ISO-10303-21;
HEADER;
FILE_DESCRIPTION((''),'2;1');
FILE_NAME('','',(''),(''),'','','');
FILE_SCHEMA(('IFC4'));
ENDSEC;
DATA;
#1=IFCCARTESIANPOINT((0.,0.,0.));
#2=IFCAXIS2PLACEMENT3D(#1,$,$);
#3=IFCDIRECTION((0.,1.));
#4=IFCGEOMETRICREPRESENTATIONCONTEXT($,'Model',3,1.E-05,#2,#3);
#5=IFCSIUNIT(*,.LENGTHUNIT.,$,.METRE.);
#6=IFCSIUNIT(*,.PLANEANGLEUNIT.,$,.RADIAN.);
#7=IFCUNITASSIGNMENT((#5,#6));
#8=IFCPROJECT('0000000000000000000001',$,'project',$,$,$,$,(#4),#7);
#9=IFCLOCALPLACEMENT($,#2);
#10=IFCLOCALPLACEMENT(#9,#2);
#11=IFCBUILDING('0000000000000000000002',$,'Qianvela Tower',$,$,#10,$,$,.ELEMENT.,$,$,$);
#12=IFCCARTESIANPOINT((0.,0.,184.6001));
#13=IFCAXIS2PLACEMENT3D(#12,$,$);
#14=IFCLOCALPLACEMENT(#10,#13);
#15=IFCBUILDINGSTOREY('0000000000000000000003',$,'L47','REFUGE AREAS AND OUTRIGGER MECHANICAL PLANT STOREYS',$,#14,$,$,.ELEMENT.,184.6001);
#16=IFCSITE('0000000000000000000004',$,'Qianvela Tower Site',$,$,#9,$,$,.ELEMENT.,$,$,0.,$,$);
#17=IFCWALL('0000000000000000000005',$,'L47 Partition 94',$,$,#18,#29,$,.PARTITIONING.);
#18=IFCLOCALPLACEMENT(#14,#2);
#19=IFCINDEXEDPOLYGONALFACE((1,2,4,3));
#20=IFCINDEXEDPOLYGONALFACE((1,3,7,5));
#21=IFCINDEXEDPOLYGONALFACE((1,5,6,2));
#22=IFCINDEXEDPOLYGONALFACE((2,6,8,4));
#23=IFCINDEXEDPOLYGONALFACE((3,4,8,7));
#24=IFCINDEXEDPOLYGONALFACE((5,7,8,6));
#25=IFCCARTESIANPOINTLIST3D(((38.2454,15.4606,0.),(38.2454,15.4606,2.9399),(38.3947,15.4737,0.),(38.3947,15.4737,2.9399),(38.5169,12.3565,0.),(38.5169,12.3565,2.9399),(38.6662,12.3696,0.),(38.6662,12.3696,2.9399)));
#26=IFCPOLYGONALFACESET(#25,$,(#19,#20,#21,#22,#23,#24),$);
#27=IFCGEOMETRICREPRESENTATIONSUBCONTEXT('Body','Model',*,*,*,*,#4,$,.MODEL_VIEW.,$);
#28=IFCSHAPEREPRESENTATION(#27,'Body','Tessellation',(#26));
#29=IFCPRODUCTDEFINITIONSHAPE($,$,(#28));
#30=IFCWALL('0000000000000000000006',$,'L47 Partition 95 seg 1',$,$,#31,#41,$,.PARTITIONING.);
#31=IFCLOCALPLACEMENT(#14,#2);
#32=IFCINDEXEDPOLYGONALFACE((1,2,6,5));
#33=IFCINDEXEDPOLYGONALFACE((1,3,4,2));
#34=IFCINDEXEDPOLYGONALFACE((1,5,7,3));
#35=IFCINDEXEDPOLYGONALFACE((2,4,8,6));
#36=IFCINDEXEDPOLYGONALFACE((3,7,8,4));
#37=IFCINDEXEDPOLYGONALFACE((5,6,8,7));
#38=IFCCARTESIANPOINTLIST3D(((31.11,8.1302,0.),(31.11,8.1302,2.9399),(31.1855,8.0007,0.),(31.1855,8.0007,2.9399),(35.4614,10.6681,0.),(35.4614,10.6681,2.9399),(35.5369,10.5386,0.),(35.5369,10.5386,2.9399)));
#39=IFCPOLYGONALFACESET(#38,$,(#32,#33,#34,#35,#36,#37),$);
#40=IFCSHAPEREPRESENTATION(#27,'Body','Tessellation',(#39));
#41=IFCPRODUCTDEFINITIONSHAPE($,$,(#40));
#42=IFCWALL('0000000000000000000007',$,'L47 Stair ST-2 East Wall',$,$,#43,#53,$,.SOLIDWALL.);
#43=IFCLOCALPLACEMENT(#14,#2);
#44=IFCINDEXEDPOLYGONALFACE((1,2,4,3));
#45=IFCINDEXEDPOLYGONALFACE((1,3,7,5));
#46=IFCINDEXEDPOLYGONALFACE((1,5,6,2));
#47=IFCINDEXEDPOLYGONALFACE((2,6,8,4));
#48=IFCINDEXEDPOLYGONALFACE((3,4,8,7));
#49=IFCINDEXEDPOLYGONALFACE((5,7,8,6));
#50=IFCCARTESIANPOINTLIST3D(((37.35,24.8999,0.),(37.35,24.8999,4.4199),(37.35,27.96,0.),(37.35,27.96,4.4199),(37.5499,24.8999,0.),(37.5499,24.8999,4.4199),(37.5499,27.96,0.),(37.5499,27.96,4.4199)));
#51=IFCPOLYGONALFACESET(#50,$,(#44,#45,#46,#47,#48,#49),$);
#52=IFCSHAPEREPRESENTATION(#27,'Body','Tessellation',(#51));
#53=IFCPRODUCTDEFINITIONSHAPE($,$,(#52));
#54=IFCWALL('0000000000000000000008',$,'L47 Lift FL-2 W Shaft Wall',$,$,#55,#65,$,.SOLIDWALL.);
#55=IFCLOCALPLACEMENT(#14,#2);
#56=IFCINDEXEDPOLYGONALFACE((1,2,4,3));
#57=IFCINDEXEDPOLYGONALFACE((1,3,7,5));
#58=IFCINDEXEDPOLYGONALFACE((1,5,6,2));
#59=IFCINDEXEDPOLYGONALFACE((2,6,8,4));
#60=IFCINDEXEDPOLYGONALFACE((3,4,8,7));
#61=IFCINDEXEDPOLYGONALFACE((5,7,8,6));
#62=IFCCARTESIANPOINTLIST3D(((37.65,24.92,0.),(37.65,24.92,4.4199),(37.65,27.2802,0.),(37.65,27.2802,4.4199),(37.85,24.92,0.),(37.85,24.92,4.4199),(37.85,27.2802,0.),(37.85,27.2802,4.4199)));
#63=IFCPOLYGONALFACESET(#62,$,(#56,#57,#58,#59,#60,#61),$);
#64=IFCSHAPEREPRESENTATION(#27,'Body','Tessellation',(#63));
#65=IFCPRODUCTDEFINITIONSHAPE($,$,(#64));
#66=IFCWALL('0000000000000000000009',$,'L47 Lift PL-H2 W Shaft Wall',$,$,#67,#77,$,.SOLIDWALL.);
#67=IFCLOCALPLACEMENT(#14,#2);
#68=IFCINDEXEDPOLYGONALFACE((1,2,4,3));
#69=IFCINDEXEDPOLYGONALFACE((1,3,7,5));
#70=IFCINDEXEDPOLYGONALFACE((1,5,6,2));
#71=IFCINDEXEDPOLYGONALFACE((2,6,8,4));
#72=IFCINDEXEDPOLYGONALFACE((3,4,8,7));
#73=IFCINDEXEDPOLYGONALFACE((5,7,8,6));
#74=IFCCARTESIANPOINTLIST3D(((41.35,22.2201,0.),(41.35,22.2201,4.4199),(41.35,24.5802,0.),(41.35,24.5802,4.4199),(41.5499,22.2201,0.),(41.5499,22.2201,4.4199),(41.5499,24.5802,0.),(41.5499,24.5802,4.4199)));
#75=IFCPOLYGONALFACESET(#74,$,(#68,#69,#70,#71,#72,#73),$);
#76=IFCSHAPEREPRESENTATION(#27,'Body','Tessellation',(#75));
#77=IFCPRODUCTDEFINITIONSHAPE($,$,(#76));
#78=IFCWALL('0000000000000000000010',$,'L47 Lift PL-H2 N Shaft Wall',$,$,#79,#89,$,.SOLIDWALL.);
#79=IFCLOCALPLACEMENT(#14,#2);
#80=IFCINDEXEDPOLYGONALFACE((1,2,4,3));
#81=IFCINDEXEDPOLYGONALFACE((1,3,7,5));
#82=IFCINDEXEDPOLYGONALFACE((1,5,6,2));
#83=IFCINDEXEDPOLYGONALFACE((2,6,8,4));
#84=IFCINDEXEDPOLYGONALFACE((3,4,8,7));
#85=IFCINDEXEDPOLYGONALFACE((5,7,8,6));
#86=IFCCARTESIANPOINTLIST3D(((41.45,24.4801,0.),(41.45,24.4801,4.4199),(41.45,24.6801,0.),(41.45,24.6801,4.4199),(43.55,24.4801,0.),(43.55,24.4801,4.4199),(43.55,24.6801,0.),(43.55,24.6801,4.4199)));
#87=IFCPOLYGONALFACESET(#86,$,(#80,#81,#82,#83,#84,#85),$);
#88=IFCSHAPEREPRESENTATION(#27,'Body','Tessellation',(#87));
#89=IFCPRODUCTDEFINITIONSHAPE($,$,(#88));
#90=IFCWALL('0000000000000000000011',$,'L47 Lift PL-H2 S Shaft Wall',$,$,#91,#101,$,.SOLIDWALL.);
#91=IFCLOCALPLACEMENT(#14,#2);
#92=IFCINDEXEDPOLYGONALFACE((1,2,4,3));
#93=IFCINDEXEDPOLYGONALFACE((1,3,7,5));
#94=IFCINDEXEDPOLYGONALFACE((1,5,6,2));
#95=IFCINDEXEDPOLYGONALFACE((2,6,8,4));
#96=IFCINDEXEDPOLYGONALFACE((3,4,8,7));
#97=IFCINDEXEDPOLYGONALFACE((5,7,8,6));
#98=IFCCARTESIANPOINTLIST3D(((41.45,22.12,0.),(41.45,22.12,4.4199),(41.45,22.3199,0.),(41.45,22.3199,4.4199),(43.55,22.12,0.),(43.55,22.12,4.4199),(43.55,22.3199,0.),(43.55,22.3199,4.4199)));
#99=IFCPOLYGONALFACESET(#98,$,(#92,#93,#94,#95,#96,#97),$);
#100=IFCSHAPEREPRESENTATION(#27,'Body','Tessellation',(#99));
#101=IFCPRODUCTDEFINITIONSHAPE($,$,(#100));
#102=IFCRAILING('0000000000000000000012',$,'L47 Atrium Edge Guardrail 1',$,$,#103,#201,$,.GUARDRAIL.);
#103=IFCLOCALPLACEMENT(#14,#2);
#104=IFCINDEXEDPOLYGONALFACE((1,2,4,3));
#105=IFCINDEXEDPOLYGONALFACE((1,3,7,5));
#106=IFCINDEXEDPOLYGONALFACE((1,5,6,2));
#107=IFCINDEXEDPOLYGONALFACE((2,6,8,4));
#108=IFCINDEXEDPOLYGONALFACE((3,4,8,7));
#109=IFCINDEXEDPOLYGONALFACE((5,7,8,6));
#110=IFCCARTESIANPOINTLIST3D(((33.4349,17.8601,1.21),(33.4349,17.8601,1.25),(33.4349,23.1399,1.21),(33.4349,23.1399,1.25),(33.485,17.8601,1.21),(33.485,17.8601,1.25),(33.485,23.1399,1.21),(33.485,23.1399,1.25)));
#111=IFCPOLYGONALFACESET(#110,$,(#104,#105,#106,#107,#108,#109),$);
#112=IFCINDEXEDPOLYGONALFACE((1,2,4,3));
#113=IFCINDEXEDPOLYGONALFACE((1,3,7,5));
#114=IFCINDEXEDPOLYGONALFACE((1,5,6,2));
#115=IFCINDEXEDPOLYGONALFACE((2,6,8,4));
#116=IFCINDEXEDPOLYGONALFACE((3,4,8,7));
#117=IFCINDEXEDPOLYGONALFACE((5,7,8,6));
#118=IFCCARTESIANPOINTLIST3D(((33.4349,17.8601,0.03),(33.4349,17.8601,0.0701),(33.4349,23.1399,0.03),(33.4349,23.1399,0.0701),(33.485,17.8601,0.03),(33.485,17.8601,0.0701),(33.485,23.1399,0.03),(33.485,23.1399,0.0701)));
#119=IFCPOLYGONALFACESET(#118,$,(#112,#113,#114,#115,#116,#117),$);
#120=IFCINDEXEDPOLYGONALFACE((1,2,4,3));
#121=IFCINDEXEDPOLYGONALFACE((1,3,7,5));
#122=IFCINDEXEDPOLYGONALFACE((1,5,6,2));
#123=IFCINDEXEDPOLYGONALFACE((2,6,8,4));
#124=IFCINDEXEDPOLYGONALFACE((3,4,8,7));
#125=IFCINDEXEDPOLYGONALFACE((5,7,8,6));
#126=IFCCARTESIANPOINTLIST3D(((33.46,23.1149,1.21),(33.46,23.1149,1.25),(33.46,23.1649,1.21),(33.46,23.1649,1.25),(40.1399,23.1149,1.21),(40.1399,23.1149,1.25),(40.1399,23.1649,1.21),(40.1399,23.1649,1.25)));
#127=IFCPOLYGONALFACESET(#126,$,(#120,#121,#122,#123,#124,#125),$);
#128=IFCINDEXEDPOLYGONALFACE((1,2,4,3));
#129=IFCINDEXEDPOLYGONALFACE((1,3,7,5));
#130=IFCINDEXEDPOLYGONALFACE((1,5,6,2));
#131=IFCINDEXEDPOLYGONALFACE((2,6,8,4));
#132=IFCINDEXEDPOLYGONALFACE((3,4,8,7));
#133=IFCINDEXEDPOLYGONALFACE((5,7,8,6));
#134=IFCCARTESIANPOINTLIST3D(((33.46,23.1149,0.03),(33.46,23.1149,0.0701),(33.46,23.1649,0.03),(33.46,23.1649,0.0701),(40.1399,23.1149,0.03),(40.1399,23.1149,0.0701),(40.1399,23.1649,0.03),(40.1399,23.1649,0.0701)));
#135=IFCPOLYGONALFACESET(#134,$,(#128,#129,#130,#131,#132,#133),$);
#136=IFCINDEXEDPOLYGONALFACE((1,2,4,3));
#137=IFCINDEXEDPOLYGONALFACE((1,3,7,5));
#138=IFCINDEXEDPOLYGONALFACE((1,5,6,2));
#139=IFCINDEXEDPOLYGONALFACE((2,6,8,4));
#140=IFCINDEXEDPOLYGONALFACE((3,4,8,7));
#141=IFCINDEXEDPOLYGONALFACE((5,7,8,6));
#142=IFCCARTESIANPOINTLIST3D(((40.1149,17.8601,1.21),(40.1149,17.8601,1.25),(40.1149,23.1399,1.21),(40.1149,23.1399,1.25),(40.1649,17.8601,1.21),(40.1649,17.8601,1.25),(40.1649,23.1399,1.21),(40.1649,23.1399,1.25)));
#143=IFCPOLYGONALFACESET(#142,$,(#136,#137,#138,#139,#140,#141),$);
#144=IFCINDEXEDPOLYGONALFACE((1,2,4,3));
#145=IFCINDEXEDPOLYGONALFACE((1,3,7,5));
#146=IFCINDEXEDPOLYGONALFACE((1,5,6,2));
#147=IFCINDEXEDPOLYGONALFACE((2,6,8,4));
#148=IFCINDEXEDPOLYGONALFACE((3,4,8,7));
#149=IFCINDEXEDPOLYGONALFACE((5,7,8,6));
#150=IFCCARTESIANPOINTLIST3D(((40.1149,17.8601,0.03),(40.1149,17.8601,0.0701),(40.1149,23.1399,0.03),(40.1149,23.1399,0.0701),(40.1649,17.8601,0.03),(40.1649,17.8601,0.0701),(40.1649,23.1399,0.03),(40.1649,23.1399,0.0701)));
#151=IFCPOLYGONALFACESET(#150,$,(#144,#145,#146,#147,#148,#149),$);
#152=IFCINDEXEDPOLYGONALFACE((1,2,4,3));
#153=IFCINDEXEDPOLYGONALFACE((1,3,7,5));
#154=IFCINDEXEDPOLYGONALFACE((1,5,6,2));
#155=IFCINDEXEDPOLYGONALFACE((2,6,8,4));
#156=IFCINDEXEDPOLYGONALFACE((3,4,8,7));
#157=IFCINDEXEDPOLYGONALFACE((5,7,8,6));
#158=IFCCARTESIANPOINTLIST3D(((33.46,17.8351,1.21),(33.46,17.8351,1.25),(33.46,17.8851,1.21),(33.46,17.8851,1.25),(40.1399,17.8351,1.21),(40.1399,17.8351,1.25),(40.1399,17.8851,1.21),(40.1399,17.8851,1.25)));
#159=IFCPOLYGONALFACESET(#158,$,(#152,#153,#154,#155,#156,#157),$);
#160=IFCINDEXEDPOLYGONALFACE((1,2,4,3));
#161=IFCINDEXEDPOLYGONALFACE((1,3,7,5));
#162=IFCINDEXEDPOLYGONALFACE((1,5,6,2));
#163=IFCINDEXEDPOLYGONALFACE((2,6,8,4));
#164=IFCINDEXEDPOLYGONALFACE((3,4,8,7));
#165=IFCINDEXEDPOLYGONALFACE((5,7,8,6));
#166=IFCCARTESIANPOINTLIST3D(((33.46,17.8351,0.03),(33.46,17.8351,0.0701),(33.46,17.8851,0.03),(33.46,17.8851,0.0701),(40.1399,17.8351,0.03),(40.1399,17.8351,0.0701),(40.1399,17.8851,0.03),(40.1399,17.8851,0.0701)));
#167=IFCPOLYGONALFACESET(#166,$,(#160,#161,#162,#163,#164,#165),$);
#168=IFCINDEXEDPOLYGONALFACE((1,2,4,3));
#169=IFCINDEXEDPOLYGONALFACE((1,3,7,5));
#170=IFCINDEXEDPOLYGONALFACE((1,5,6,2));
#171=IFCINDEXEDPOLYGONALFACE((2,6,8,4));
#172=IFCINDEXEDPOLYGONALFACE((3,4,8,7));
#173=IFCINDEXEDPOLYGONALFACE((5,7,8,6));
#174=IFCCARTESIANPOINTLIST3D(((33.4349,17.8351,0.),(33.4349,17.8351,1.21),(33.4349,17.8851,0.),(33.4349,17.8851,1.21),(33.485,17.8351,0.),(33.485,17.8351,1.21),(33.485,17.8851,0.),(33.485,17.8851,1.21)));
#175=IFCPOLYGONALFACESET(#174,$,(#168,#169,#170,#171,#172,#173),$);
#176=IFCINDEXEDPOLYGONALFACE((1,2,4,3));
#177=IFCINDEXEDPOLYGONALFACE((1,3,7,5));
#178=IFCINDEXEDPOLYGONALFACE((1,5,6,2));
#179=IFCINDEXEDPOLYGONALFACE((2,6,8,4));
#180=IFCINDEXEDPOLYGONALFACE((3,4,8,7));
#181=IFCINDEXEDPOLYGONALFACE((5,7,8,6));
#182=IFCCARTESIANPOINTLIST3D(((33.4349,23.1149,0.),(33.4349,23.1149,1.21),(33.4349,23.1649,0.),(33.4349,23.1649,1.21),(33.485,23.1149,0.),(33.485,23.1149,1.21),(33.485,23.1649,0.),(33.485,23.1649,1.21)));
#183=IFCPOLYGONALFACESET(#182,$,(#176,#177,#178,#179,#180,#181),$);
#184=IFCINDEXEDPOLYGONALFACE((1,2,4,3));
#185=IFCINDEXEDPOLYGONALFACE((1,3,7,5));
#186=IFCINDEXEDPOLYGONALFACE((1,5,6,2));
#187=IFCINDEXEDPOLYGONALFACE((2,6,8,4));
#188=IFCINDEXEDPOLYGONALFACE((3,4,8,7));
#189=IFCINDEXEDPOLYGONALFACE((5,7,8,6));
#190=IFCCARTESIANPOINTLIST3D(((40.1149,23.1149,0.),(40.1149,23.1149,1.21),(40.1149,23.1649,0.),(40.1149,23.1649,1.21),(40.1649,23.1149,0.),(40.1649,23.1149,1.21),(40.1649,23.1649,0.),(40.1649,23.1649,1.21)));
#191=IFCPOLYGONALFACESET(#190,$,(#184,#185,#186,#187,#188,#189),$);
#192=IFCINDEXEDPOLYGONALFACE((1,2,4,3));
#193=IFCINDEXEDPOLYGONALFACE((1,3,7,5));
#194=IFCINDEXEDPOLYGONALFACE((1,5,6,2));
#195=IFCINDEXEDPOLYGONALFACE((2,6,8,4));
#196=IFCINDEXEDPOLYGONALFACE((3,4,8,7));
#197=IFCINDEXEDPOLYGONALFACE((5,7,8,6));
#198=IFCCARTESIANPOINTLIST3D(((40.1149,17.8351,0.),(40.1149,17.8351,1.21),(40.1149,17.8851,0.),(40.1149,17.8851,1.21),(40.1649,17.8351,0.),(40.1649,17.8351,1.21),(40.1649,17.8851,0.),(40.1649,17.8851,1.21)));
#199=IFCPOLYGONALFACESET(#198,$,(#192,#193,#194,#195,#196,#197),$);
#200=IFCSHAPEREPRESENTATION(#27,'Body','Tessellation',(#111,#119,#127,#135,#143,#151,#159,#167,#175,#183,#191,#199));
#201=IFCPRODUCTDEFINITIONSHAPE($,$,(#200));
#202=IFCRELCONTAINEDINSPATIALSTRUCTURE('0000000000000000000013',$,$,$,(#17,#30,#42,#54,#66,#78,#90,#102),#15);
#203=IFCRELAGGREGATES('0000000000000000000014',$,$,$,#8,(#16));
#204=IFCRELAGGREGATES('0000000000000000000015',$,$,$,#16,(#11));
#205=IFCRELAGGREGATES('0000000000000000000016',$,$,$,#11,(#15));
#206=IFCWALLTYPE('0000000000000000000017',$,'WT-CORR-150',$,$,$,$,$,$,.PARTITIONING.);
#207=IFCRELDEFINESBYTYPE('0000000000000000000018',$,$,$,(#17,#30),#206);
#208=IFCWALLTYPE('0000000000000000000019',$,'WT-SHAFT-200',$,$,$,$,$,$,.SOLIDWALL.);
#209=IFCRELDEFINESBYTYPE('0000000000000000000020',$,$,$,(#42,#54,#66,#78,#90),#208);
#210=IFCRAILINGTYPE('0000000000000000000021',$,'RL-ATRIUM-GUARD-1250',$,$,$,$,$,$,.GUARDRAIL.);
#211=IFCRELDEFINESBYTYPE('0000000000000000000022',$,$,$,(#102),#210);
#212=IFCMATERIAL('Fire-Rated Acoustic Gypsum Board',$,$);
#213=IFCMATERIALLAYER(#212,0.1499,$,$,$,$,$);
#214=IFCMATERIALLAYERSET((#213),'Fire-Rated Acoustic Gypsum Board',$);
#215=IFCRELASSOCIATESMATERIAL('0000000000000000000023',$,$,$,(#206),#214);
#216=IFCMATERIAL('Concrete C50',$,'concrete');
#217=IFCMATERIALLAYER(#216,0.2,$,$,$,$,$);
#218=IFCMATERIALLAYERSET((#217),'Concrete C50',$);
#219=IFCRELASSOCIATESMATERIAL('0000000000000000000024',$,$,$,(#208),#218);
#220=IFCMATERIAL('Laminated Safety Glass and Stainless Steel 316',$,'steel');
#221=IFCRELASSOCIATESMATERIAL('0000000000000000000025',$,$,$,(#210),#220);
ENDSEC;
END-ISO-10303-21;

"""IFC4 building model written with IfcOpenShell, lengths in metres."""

from ifc_helpers import new_model, si_unit, direction, frame, frame_2d, origin, origin_2d, place, context, subcontext, project, spatial, rectangle, extrude, material, layer, layer_set, type_object, element, save


model = new_model("IFC4")

# Units and contexts
model_context = context("Model", 3, precision=1e-05, world=origin(), true_north=direction((0.0, 1.0)))
body_context = subcontext(model_context, "Body", "Model", "MODEL_VIEW")
ifc_project = project(units=[si_unit("LENGTHUNIT", "METRE"), si_unit("PLANEANGLEUNIT", "RADIAN")], contexts=[model_context])

# Site, building, storey
site_placement = place(None, origin())
site = spatial("IfcSite", under=ifc_project, at=site_placement, Name="Qianvela Tower Site", CompositionType="ELEMENT", RefElevation=0.0)
building_placement = place(site_placement, origin())
building = spatial("IfcBuilding", under=site, at=building_placement, Name="Qianvela Tower", CompositionType="ELEMENT")
storey_placement = place(building_placement, frame((0.0, 0.0, 184.6001)))
storey = spatial("IfcBuildingStorey", under=building, at=storey_placement, Name="L47", Description="REFUGE AREAS AND OUTRIGGER MECHANICAL PLANT STOREYS", CompositionType="ELEMENT", Elevation=184.6001)

# Walls
ifc_material_1 = material(Name="Fire-Rated Acoustic Gypsum Board")
ifc_layer_1 = layer(ifc_material_1, 0.1499)
ifc_layer_set_1 = layer_set([ifc_layer_1], Name="Fire-Rated Acoustic Gypsum Board")
wall_type_1 = type_object("IfcWallType", Name="WT-CORR-150", PredefinedType="PARTITIONING", material=ifc_layer_set_1)
wall_1_placement = place(storey_placement, frame((38.3201, 15.4673, 0.0), z_axis=(0.0, 0.0, 1.0), x_axis=(0.08713, -0.996197, 0.0)))
element("IfcWall", 1, at=wall_1_placement, inside=storey, type_object=wall_type_1, Name="L47 Partition 94", PredefinedType="PARTITIONING", context=body_context, shape_type="SweptSolid", body=[
    extrude(rectangle(XDim=3.116, YDim=0.1499, at=frame_2d((1.5581, 0.0))), origin(), (0.0, 0.0, 1.0), 2.9399),
])
wall_2_placement = place(storey_placement, frame((35.499, 10.6033, 0.0), z_axis=(0.0, 0.0, 1.0), x_axis=(-0.863816, -0.503808, 0.0)))
element("IfcWall", 2, at=wall_2_placement, inside=storey, type_object=wall_type_1, Name="L47 Partition 95 seg 1", PredefinedType="PARTITIONING", context=body_context, shape_type="SweptSolid", body=[
    extrude(rectangle(XDim=5.0374, YDim=0.1499, at=frame_2d((2.5186, 0.0))), origin(), (0.0, 0.0, 1.0), 2.9399),
])
ifc_material_2 = material(Name="Concrete C50", Category="concrete")
ifc_layer_2 = layer(ifc_material_2, 0.2)
ifc_layer_set_2 = layer_set([ifc_layer_2], Name="Concrete C50")
wall_type_2 = type_object("IfcWallType", Name="WT-SHAFT-200", PredefinedType="SOLIDWALL", material=ifc_layer_set_2)
wall_3_placement = place(storey_placement, frame((37.45, 24.8999, 0.0), z_axis=(0.0, 0.0, 1.0), x_axis=(0.0, 1.0, 0.0)))
element("IfcWall", 3, at=wall_3_placement, inside=storey, type_object=wall_type_2, Name="L47 Stair ST-2 East Wall", PredefinedType="SOLIDWALL", context=body_context, shape_type="SweptSolid", body=[
    extrude(rectangle(XDim=3.0601, YDim=0.2, at=frame_2d((1.53, 0.0))), origin(), (0.0, 0.0, 1.0), 4.4199),
])
for number, where, z_axis, x_axis, name in (
    (4, (37.75, 24.9199, 0.0), (0.0, 0.0, 1.0), (0.0, 1.0, 0.0), "L47 Lift FL-2 W Shaft Wall"),
    (5, (41.45, 22.22, 0.0), (0.0, 0.0, 1.0), (0.0, 1.0, 0.0), "L47 Lift PL-H2 W Shaft Wall"),
):
    element("IfcWall", number, at=place(storey_placement, frame(where, z_axis=z_axis, x_axis=x_axis)), inside=storey, type_object=wall_type_2, Name=name, PredefinedType="SOLIDWALL", context=body_context, shape_type="SweptSolid", body=[
        extrude(rectangle(XDim=2.3601, YDim=0.2, at=frame_2d((1.1802, 0.0))), origin(), (0.0, 0.0, 1.0), 4.4199),
    ])
for number, where, z_axis, x_axis, name in (
    (6, (41.45, 24.5801, 0.0), (0.0, 0.0, 1.0), (1.0, 0.0, 0.0), "L47 Lift PL-H2 N Shaft Wall"),
    (7, (41.45, 22.22, 0.0), (0.0, 0.0, 1.0), (1.0, 0.0, 0.0), "L47 Lift PL-H2 S Shaft Wall"),
):
    element("IfcWall", number, at=place(storey_placement, frame(where, z_axis=z_axis, x_axis=x_axis)), inside=storey, type_object=wall_type_2, Name=name, PredefinedType="SOLIDWALL", context=body_context, shape_type="SweptSolid", body=[
        extrude(rectangle(XDim=2.1001, YDim=0.2, at=frame_2d((1.05, 0.0))), origin(), (0.0, 0.0, 1.0), 4.4199),
    ])

# Railing
ifc_material_3 = material(Name="Laminated Safety Glass and Stainless Steel 316", Category="steel")
railing_type = type_object("IfcRailingType", Name="RL-ATRIUM-GUARD-1250", PredefinedType="GUARDRAIL", material=ifc_material_3)
railing_placement = place(storey_placement, frame((33.46, 17.8601, 0.0)))
element("IfcRailing", 8, at=railing_placement, inside=storey, type_object=railing_type, Name="L47 Atrium Edge Guardrail 1", PredefinedType="GUARDRAIL", context=body_context, shape_type="SweptSolid", body=[
    extrude(rectangle(XDim=0.05, YDim=0.04, at=origin_2d()), frame((0.0, 0.0, 1.23), z_axis=(0.0, 1.0, 0.0), x_axis=(-1.0, 0.0, 0.0)), (0.0, 0.0, 1.0), 5.2798),
    extrude(rectangle(XDim=0.05, YDim=0.04, at=origin_2d()), frame((0.0, 0.0, 0.05), z_axis=(0.0, 1.0, 0.0), x_axis=(-1.0, 0.0, 0.0)), (0.0, 0.0, 1.0), 5.2798),
    extrude(rectangle(XDim=0.05, YDim=0.04, at=origin_2d()), frame((0.0, 5.2798, 1.23), z_axis=(1.0, 0.0, 0.0), x_axis=(0.0, 1.0, 0.0)), (0.0, 0.0, 1.0), 6.6799),
    extrude(rectangle(XDim=0.05, YDim=0.04, at=origin_2d()), frame((0.0, 5.2798, 0.05), z_axis=(1.0, 0.0, 0.0), x_axis=(0.0, 1.0, 0.0)), (0.0, 0.0, 1.0), 6.6799),
    extrude(rectangle(XDim=0.05, YDim=0.04, at=origin_2d()), frame((6.6799, 5.2798, 1.23), z_axis=(0.0, -1.0, 0.0), x_axis=(1.0, 0.0, 0.0)), (0.0, 0.0, 1.0), 5.2798),
    extrude(rectangle(XDim=0.05, YDim=0.04, at=origin_2d()), frame((6.6799, 5.2798, 0.05), z_axis=(0.0, -1.0, 0.0), x_axis=(1.0, 0.0, 0.0)), (0.0, 0.0, 1.0), 5.2798),
    extrude(rectangle(XDim=0.05, YDim=0.04, at=origin_2d()), frame((6.6799, 0.0, 1.23), z_axis=(-1.0, 0.0, 0.0), x_axis=(0.0, -1.0, 0.0)), (0.0, 0.0, 1.0), 6.6799),
    extrude(rectangle(XDim=0.05, YDim=0.04, at=origin_2d()), frame((6.6799, 0.0, 0.05), z_axis=(-1.0, 0.0, 0.0), x_axis=(0.0, -1.0, 0.0)), (0.0, 0.0, 1.0), 6.6799),
    extrude(rectangle(XDim=0.05, YDim=0.05, at=origin_2d()), origin(), (0.0, 0.0, 1.0), 1.21),
    extrude(rectangle(XDim=0.05, YDim=0.05, at=origin_2d()), frame((0.0, 5.2798, 0.0)), (0.0, 0.0, 1.0), 1.21),
    extrude(rectangle(XDim=0.05, YDim=0.05, at=origin_2d()), frame((6.6799, 5.2798, 0.0)), (0.0, 0.0, 1.0), 1.21),
    extrude(rectangle(XDim=0.05, YDim=0.05, at=origin_2d()), frame((6.6799, 0.0, 0.0)), (0.0, 0.0, 1.0), 1.21),
])

save(model, "model.ifc")
